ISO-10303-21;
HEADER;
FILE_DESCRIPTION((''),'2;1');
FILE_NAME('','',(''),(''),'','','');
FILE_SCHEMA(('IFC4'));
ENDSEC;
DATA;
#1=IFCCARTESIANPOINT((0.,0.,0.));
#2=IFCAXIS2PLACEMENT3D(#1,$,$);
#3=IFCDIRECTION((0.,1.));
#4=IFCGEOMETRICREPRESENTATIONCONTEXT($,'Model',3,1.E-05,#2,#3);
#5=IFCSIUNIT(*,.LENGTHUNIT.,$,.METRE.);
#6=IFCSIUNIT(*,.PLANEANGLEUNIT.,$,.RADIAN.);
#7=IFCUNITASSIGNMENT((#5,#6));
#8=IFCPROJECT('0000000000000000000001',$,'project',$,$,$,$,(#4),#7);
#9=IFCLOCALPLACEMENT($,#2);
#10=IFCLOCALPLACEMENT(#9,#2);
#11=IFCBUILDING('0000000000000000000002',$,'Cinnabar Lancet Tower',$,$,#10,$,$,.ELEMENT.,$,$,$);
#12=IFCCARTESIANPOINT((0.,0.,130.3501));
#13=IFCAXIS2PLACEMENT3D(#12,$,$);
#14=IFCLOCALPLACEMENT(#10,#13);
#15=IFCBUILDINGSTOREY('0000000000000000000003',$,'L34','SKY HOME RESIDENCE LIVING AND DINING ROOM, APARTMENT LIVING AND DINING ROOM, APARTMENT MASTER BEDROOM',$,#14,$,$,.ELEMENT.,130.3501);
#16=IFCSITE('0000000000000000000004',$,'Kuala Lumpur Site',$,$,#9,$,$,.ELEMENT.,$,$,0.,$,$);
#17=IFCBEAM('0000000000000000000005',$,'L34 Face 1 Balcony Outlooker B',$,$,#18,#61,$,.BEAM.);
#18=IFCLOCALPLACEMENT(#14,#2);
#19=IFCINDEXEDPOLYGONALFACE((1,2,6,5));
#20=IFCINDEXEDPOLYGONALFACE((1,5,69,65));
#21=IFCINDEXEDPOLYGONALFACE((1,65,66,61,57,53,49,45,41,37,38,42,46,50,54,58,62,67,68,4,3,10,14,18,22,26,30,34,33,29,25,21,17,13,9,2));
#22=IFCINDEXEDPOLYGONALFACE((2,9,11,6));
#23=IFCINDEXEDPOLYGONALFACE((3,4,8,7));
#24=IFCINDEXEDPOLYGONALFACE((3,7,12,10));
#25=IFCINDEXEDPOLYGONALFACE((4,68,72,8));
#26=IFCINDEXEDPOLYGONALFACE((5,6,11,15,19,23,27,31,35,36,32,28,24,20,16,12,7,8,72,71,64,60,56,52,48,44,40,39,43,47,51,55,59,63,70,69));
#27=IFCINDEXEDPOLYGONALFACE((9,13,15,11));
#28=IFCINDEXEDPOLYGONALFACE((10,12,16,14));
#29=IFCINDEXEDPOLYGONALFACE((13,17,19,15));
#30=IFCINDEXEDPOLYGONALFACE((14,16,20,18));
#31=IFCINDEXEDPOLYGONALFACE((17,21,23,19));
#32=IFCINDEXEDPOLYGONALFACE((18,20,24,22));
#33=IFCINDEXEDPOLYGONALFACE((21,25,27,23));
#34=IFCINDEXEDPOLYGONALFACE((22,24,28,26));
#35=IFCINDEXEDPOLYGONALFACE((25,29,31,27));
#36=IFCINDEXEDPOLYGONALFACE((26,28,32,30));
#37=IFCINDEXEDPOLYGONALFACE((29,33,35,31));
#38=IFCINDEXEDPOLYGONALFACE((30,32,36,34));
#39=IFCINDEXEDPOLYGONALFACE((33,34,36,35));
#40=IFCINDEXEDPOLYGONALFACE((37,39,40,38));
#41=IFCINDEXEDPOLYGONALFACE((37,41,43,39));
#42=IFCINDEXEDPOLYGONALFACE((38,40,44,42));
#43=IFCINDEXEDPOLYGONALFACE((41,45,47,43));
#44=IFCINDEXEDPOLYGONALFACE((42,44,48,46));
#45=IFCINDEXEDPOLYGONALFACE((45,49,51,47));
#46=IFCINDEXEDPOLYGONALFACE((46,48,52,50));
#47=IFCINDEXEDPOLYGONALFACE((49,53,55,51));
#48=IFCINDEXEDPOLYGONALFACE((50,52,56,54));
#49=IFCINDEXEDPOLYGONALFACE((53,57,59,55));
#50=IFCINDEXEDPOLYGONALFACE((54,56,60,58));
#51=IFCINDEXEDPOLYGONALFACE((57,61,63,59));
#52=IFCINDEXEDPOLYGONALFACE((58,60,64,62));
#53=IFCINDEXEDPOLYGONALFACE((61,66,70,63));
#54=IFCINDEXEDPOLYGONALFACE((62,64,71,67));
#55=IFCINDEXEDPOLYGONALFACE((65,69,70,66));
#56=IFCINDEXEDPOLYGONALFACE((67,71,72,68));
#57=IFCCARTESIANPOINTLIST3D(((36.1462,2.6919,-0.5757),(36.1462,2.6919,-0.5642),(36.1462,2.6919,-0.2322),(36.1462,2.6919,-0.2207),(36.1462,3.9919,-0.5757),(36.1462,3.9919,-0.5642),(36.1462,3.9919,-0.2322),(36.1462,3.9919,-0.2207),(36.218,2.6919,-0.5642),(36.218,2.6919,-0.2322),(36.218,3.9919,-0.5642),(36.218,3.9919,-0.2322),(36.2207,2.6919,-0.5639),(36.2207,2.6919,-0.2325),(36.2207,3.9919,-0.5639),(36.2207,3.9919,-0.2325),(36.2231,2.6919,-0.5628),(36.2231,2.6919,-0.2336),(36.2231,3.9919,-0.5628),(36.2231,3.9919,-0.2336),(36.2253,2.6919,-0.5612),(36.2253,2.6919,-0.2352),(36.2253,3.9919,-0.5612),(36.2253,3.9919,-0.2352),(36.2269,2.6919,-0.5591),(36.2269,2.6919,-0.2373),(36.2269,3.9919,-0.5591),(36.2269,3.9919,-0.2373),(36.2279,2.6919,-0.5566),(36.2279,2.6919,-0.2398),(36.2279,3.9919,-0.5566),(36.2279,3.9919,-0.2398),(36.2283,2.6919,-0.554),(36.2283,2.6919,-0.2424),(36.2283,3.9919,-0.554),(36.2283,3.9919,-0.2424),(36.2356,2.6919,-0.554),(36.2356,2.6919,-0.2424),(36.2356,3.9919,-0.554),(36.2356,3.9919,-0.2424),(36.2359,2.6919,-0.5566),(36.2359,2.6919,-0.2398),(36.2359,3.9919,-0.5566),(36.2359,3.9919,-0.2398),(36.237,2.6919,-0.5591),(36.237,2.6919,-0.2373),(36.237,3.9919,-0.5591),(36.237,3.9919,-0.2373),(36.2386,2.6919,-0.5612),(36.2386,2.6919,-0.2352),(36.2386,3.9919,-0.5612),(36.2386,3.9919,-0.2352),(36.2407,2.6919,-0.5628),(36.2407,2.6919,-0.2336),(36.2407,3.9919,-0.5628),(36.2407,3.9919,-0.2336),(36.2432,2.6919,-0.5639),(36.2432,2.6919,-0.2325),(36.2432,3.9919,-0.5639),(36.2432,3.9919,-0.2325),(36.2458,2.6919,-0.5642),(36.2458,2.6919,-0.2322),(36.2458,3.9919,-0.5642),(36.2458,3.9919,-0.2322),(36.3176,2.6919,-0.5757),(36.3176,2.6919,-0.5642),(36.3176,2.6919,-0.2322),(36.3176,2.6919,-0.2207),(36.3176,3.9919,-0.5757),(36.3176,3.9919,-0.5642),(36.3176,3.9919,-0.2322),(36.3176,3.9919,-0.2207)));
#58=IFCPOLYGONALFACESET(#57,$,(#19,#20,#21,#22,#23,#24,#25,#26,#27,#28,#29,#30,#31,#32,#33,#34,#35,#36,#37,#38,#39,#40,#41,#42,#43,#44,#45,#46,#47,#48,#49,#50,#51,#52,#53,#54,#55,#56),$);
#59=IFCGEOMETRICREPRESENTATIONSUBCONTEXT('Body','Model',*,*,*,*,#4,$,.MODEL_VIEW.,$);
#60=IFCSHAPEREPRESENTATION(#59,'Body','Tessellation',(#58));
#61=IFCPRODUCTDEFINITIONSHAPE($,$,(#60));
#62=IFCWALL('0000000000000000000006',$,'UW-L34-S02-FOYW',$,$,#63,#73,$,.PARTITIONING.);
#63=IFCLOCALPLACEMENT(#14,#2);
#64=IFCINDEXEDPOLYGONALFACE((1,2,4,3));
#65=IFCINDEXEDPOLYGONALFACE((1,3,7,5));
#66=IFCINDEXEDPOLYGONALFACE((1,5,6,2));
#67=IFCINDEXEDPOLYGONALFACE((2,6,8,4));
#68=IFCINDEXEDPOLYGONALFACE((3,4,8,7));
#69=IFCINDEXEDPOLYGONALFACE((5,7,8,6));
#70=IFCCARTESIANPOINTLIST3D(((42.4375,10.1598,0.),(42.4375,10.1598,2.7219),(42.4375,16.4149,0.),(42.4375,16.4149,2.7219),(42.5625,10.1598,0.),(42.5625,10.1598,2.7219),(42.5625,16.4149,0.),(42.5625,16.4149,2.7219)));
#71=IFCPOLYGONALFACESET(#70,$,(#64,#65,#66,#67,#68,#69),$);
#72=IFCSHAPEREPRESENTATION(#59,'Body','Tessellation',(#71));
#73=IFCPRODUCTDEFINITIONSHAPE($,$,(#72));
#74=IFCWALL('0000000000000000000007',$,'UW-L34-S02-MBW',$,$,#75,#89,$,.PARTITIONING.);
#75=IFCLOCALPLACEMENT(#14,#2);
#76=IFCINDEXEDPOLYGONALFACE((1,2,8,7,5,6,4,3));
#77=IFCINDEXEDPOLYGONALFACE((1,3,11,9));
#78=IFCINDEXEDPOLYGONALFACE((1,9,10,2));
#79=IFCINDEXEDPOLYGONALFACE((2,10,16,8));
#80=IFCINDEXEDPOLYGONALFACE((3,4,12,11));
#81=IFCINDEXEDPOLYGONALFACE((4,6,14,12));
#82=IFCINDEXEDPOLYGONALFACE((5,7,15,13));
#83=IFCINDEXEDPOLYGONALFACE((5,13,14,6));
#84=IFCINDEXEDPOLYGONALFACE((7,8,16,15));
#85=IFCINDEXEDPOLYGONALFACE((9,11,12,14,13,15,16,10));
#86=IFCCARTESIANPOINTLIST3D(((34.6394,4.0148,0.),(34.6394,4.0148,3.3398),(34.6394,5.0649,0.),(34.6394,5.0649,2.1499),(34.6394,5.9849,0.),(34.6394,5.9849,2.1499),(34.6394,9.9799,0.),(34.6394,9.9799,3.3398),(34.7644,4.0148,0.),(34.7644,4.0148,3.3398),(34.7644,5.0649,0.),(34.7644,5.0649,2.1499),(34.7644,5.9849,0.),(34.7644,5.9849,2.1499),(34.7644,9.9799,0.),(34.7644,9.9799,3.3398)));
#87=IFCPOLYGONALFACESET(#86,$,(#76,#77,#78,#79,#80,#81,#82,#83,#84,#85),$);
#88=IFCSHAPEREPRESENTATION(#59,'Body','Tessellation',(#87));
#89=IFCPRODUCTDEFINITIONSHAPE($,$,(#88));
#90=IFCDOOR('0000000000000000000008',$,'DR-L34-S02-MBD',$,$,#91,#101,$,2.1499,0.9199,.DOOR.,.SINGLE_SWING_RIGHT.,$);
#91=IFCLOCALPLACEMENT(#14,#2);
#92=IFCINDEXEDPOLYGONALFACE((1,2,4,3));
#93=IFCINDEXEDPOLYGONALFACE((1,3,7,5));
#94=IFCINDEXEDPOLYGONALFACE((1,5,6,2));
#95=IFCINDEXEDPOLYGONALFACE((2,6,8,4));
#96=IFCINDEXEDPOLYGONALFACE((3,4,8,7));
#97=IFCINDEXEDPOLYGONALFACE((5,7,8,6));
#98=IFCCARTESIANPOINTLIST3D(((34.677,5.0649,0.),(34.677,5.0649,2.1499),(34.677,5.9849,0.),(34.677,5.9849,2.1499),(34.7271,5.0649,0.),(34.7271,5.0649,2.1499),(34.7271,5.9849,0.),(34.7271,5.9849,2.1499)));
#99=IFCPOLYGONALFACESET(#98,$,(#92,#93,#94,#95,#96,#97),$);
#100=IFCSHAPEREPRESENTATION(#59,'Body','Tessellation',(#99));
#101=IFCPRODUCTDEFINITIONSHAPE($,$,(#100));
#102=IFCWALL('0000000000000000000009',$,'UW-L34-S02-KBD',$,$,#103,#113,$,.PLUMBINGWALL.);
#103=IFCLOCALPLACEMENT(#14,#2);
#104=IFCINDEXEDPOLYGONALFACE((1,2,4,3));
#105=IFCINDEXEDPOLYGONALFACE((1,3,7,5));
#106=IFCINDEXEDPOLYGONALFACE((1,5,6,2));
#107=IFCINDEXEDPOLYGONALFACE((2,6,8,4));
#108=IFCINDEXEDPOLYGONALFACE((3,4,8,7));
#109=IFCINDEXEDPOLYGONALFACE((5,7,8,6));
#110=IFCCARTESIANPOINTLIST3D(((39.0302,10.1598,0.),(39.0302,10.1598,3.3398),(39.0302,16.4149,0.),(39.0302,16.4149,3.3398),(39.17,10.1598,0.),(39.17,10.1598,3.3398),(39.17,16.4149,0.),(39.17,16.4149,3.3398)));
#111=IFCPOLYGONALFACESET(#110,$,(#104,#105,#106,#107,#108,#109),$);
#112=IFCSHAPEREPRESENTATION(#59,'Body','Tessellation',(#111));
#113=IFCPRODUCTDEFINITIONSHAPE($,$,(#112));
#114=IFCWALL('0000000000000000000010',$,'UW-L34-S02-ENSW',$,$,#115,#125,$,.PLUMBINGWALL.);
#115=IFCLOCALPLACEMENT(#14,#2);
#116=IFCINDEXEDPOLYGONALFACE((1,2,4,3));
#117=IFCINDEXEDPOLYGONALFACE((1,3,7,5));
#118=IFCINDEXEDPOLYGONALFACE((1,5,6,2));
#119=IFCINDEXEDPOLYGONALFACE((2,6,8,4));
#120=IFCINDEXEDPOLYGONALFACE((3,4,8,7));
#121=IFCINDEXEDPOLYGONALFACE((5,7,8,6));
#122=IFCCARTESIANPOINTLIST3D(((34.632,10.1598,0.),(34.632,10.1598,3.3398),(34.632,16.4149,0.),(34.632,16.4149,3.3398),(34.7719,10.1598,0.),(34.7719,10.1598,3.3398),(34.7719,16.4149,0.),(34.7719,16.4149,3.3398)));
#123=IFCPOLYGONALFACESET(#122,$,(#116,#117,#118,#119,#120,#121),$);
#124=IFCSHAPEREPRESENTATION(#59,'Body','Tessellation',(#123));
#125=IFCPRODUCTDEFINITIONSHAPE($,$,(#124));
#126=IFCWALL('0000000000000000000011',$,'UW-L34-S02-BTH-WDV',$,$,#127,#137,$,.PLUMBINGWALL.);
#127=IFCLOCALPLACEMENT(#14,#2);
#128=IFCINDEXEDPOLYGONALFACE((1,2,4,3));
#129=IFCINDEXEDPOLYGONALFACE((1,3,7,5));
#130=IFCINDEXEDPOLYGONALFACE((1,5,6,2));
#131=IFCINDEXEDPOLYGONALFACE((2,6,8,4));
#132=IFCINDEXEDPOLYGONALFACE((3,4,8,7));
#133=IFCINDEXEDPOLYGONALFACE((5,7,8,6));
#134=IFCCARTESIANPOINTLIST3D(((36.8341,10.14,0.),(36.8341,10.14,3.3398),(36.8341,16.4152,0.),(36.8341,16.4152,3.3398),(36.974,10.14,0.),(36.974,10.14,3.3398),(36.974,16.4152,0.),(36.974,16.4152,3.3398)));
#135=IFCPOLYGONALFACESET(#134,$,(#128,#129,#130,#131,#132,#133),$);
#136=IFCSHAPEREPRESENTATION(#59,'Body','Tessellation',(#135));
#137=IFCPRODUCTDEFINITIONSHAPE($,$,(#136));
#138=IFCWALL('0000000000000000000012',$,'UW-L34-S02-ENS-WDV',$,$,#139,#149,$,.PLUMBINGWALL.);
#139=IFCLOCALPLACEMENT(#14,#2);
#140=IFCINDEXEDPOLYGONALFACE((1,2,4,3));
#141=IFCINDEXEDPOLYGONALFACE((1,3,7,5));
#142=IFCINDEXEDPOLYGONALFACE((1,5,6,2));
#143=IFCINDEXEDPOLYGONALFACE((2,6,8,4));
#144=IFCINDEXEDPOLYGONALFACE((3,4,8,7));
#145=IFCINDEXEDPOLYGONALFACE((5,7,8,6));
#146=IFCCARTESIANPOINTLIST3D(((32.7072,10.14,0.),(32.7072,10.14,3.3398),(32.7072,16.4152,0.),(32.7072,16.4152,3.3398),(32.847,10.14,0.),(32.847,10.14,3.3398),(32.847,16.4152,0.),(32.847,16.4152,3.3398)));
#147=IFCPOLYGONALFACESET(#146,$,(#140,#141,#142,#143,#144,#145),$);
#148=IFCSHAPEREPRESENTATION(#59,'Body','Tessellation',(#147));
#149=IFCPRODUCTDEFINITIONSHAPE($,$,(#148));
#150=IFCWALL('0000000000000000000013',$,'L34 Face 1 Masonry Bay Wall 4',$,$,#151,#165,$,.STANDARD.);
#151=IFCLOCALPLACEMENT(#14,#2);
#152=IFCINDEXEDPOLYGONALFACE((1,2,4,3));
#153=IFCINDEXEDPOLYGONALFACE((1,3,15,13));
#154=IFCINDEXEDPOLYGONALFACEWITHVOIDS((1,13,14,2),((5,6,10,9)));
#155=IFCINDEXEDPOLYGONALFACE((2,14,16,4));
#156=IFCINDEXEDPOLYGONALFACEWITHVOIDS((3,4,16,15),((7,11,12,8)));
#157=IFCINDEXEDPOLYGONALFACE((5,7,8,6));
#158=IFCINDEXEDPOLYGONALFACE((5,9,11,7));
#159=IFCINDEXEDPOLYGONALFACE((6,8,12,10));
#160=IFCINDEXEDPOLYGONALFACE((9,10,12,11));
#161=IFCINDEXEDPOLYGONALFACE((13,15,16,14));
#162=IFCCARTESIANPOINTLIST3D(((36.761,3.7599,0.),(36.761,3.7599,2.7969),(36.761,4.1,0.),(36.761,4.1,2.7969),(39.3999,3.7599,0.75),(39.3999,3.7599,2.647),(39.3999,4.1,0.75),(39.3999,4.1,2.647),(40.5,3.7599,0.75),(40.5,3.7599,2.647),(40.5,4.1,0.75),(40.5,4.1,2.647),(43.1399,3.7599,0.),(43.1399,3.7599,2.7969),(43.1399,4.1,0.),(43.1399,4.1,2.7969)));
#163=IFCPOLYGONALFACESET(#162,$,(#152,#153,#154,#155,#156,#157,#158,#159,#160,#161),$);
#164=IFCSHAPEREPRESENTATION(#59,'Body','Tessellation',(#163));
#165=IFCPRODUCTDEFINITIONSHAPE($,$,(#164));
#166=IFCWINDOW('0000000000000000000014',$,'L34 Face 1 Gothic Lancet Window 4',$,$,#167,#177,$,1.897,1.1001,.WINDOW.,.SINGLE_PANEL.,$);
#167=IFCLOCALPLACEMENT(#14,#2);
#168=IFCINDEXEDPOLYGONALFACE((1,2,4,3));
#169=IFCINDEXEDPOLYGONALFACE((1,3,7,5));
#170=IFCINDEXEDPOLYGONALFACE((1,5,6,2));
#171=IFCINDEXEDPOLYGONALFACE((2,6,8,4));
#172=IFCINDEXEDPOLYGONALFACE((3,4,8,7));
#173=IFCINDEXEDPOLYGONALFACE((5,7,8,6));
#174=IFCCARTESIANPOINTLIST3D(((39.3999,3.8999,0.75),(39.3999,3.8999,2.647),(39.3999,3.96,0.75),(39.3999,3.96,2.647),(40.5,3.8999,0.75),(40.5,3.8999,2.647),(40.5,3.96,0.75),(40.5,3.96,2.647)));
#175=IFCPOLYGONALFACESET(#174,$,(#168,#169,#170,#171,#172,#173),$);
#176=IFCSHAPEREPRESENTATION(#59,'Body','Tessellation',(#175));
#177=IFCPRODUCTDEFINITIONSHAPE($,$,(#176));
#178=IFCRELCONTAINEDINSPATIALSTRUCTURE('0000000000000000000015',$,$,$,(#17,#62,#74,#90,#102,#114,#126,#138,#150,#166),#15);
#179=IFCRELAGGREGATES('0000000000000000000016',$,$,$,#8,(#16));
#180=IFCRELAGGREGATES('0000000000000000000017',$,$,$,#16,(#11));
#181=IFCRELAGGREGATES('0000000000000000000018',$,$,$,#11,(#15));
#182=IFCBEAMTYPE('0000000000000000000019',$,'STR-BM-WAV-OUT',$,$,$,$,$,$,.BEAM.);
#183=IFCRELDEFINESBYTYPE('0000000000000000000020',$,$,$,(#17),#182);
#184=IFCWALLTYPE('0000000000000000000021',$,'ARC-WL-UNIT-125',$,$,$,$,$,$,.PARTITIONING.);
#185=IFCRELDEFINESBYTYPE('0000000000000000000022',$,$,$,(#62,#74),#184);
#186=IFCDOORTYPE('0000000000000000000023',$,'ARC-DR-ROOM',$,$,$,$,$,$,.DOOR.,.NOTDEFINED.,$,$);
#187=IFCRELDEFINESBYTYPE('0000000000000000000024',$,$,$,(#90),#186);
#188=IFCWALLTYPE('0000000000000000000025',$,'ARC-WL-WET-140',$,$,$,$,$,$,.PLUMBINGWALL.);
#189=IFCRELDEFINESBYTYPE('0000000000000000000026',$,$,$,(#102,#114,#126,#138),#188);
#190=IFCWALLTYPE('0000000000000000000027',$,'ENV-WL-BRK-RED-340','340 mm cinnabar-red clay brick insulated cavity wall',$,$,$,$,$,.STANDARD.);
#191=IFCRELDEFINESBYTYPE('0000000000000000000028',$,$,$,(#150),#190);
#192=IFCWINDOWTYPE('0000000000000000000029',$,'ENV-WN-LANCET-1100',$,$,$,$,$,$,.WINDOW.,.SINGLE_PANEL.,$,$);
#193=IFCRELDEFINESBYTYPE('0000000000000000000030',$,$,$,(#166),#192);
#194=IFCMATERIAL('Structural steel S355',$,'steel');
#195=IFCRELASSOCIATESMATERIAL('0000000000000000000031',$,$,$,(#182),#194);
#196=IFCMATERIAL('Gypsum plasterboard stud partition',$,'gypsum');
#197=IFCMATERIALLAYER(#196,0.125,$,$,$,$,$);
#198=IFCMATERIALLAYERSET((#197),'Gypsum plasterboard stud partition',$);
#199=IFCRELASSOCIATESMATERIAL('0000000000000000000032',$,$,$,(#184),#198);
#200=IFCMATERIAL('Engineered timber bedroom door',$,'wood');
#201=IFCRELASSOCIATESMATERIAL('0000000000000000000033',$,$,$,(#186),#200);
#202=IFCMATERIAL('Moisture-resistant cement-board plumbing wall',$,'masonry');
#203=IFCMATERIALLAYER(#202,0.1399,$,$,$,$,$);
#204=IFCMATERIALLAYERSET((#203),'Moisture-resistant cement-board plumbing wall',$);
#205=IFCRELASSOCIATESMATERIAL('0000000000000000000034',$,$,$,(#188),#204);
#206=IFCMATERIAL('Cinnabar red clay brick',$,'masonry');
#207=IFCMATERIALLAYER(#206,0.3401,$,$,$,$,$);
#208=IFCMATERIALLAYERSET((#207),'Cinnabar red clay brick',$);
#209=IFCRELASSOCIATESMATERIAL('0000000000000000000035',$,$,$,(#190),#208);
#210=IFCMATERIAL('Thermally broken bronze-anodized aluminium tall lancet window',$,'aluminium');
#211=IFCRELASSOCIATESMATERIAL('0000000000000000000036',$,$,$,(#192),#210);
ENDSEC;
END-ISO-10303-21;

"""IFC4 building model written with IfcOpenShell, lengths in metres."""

from ifc_helpers import new_model, si_unit, direction, frame, frame_2d, origin, origin_2d, place, context, subcontext, project, spatial, rectangle, i_section, extrude, material, layer, layer_set, material_profile, profile_set, type_object, element, fill, save


model = new_model("IFC4")

# Units and contexts
model_context = context("Model", 3, precision=1e-05, world=origin(), true_north=direction((0.0, 1.0)))
body_context = subcontext(model_context, "Body", "Model", "MODEL_VIEW")
ifc_project = project(units=[si_unit("LENGTHUNIT", "METRE"), si_unit("PLANEANGLEUNIT", "RADIAN")], contexts=[model_context])

# Site, building, storey
site_placement = place(None, origin())
site = spatial("IfcSite", under=ifc_project, at=site_placement, Name="Kuala Lumpur Site", CompositionType="ELEMENT", RefElevation=0.0)
building_placement = place(site_placement, origin())
building = spatial("IfcBuilding", under=site, at=building_placement, Name="Cinnabar Lancet Tower", CompositionType="ELEMENT")
storey_placement = place(building_placement, frame((0.0, 0.0, 130.3501)))
storey = spatial("IfcBuildingStorey", under=building, at=storey_placement, Name="L34", Description="SKY HOME RESIDENCE LIVING AND DINING ROOM, APARTMENT LIVING AND DINING ROOM, APARTMENT MASTER BEDROOM", CompositionType="ELEMENT", Elevation=130.3501)

# Beam
ifc_material_1 = material(Name="Structural steel S355", Category="steel")
ifc_material_profile_1 = material_profile(ifc_material_1, i_section(OverallWidth=0.1714, OverallDepth=0.355, WebThickness=0.0073, FlangeThickness=0.0115, FilletRadius=0.0103, at=origin_2d()), Name="UKB 356x171x51")
ifc_profile_set_1 = profile_set([ifc_material_profile_1], Name="Structural steel S355")
beam_type_1 = type_object("IfcBeamType", Name="STR-BM-WAV-OUT", PredefinedType="BEAM", material=ifc_profile_set_1)
beam_1_placement = place(storey_placement, frame((36.2319, 3.9919, -0.3982), z_axis=(0.0, -1.0, 0.0), x_axis=(1.0, 0.0, 0.0)))
element("IfcBeam", 1, at=beam_1_placement, inside=storey, type_object=beam_type_1, Name="L34 Face 1 Balcony Outlooker B", PredefinedType="BEAM", context=body_context, shape_type="SweptSolid", body=[
    extrude(i_section(OverallWidth=0.1714, OverallDepth=0.355, WebThickness=0.0073, FlangeThickness=0.0115, FilletRadius=0.0103, at=origin_2d()), origin(), (0.0, 0.0, 1.0), 1.3),
])

# Wall
ifc_material_2 = material(Name="Gypsum plasterboard stud partition", Category="gypsum")
ifc_layer_1 = layer(ifc_material_2, 0.125)
ifc_layer_set_1 = layer_set([ifc_layer_1], Name="Gypsum plasterboard stud partition")
wall_type_1 = type_object("IfcWallType", Name="ARC-WL-UNIT-125", PredefinedType="PARTITIONING", material=ifc_layer_set_1)
wall_1_placement = place(storey_placement, frame((42.5, 10.1599, 0.0), z_axis=(0.0, 0.0, 1.0), x_axis=(0.0, 1.0, 0.0)))
element("IfcWall", 2, at=wall_1_placement, inside=storey, type_object=wall_type_1, Name="UW-L34-S02-FOYW", PredefinedType="PARTITIONING", context=body_context, shape_type="SweptSolid", body=[
    extrude(rectangle(XDim=6.2551, YDim=0.125, at=frame_2d((3.1274, 0.0))), origin(), (0.0, 0.0, 1.0), 2.7219),
])

# Wall, opening, door
wall_2_placement = place(storey_placement, frame((34.7019, 4.0149, 0.0), z_axis=(0.0, 0.0, 1.0), x_axis=(0.0, 1.0, 0.0)))
wall_2 = element("IfcWall", 3, at=wall_2_placement, inside=storey, type_object=wall_type_1, Name="UW-L34-S02-MBW", PredefinedType="PARTITIONING", context=body_context, shape_type="SweptSolid", body=[
    extrude(rectangle(XDim=5.9651, YDim=0.125, at=frame_2d((2.9824, 0.0))), origin(), (0.0, 0.0, 1.0), 3.3398),
])
opening_1_placement = place(wall_2_placement, frame((1.05, 0.0, 0.0)))
opening_1 = element("IfcOpeningElement", 4, at=opening_1_placement, cuts=wall_2, PredefinedType="OPENING", context=body_context, shape_type="SweptSolid", body=[
    extrude(rectangle(XDim=0.9199, YDim=2.1499, at=frame_2d((0.46, 1.075))), frame((0.0, 0.0725, 0.0), z_axis=(0.0, -1.0, 0.0), x_axis=(1.0, 0.0, 0.0)), (0.0, 0.0, 1.0), 0.145),
])
ifc_material_3 = material(Name="Engineered timber bedroom door", Category="wood")
door_type_1 = type_object("IfcDoorType", Name="ARC-DR-ROOM", OperationType="NOTDEFINED", PredefinedType="DOOR", material=ifc_material_3)
door_1_placement = place(opening_1_placement, origin())
door_1 = element("IfcDoor", 5, at=door_1_placement, inside=storey, type_object=door_type_1, Name="DR-L34-S02-MBD", OperationType="SINGLE_SWING_RIGHT", OverallHeight=2.1499, OverallWidth=0.9199, PredefinedType="DOOR", context=body_context, shape_type="SweptSolid", body=[
    extrude(rectangle(XDim=0.9199, YDim=2.1499, at=frame_2d((0.46, 1.075))), frame((0.0, 0.0249, 0.0), z_axis=(0.0, -1.0, 0.0), x_axis=(1.0, 0.0, 0.0)), (0.0, 0.0, 1.0), 0.05),
])
fill(opening_1, door_1)

# Shared definitions
ifc_material_4 = material(Name="Moisture-resistant cement-board plumbing wall", Category="masonry")
ifc_layer_2 = layer(ifc_material_4, 0.1399)
ifc_layer_set_2 = layer_set([ifc_layer_2], Name="Moisture-resistant cement-board plumbing wall")
wall_type_2 = type_object("IfcWallType", Name="ARC-WL-WET-140", PredefinedType="PLUMBINGWALL", material=ifc_layer_set_2)

# Walls
for number, where, z_axis, x_axis, name in (
    (6, (39.1001, 10.1599, 0.0), (0.0, 0.0, 1.0), (0.0, 1.0, 0.0), "UW-L34-S02-KBD"),
    (7, (34.7019, 10.1599, 0.0), (0.0, 0.0, 1.0), (0.0, 1.0, 0.0), "UW-L34-S02-ENSW"),
):
    element("IfcWall", number, at=place(storey_placement, frame(where, z_axis=z_axis, x_axis=x_axis)), inside=storey, type_object=wall_type_2, Name=name, PredefinedType="PLUMBINGWALL", context=body_context, shape_type="SweptSolid", body=[
        extrude(rectangle(XDim=6.2551, YDim=0.1399, at=frame_2d((3.1274, 0.0))), origin(), (0.0, 0.0, 1.0), 3.3398),
    ])
for number, where, z_axis, x_axis, name in (
    (8, (36.9041, 10.1399, 0.0), (0.0, 0.0, 1.0), (0.0, 1.0, 0.0), "UW-L34-S02-BTH-WDV"),
    (9, (32.7771, 10.1399, 0.0), (0.0, 0.0, 1.0), (0.0, 1.0, 0.0), "UW-L34-S02-ENS-WDV"),
):
    element("IfcWall", number, at=place(storey_placement, frame(where, z_axis=z_axis, x_axis=x_axis)), inside=storey, type_object=wall_type_2, Name=name, PredefinedType="PLUMBINGWALL", context=body_context, shape_type="SweptSolid", body=[
        extrude(rectangle(XDim=6.2751, YDim=0.1399, at=frame_2d((3.1377, 0.0))), origin(), (0.0, 0.0, 1.0), 3.3398),
    ])

# Wall, opening, window
ifc_material_5 = material(Name="Cinnabar red clay brick", Category="masonry")
ifc_layer_3 = layer(ifc_material_5, 0.3401)
ifc_layer_set_3 = layer_set([ifc_layer_3], Name="Cinnabar red clay brick")
wall_type_3 = type_object("IfcWallType", Name="ENV-WL-BRK-RED-340", Description="340 mm cinnabar-red clay brick insulated cavity wall", PredefinedType="STANDARD", material=ifc_layer_set_3)
wall_3_placement = place(storey_placement, frame((36.761, 3.9299, 0.0), z_axis=(0.0, 0.0, 1.0), x_axis=(1.0, 0.0, 0.0)))
wall_3 = element("IfcWall", 10, at=wall_3_placement, inside=storey, type_object=wall_type_3, Name="L34 Face 1 Masonry Bay Wall 4", PredefinedType="STANDARD", context=body_context, shape_type="SweptSolid", body=[
    extrude(rectangle(XDim=6.3789, YDim=0.3401, at=frame_2d((3.1895, 0.0))), origin(), (0.0, 0.0, 1.0), 2.7969),
])
opening_2_placement = place(wall_3_placement, frame((2.6389, 0.0, 0.75)))
opening_2 = element("IfcOpeningElement", 11, at=opening_2_placement, cuts=wall_3, PredefinedType="OPENING", context=body_context, shape_type="SweptSolid", body=[
    extrude(rectangle(XDim=1.1001, YDim=1.897, at=frame_2d((0.55, 0.9485))), frame((0.0, 0.1799, 0.0), z_axis=(0.0, -1.0, 0.0), x_axis=(1.0, 0.0, 0.0)), (0.0, 0.0, 1.0), 0.3601),
])
ifc_material_6 = material(Name="Thermally broken bronze-anodized aluminium tall lancet window", Category="aluminium")
window_type = type_object("IfcWindowType", Name="ENV-WN-LANCET-1100", PartitioningType="SINGLE_PANEL", PredefinedType="WINDOW", material=ifc_material_6)
window_placement = place(opening_2_placement, origin())
window = element("IfcWindow", 12, at=window_placement, inside=storey, type_object=window_type, Name="L34 Face 1 Gothic Lancet Window 4", OverallHeight=1.897, OverallWidth=1.1001, PartitioningType="SINGLE_PANEL", PredefinedType="WINDOW", context=body_context, shape_type="SweptSolid", body=[
    extrude(rectangle(XDim=1.1001, YDim=1.897, at=frame_2d((0.55, 0.9485))), frame((0.0, 0.03, 0.0), z_axis=(0.0, -1.0, 0.0), x_axis=(1.0, 0.0, 0.0)), (0.0, 0.0, 1.0), 0.0601),
])
fill(opening_2, window)

save(model, "model.ifc")
